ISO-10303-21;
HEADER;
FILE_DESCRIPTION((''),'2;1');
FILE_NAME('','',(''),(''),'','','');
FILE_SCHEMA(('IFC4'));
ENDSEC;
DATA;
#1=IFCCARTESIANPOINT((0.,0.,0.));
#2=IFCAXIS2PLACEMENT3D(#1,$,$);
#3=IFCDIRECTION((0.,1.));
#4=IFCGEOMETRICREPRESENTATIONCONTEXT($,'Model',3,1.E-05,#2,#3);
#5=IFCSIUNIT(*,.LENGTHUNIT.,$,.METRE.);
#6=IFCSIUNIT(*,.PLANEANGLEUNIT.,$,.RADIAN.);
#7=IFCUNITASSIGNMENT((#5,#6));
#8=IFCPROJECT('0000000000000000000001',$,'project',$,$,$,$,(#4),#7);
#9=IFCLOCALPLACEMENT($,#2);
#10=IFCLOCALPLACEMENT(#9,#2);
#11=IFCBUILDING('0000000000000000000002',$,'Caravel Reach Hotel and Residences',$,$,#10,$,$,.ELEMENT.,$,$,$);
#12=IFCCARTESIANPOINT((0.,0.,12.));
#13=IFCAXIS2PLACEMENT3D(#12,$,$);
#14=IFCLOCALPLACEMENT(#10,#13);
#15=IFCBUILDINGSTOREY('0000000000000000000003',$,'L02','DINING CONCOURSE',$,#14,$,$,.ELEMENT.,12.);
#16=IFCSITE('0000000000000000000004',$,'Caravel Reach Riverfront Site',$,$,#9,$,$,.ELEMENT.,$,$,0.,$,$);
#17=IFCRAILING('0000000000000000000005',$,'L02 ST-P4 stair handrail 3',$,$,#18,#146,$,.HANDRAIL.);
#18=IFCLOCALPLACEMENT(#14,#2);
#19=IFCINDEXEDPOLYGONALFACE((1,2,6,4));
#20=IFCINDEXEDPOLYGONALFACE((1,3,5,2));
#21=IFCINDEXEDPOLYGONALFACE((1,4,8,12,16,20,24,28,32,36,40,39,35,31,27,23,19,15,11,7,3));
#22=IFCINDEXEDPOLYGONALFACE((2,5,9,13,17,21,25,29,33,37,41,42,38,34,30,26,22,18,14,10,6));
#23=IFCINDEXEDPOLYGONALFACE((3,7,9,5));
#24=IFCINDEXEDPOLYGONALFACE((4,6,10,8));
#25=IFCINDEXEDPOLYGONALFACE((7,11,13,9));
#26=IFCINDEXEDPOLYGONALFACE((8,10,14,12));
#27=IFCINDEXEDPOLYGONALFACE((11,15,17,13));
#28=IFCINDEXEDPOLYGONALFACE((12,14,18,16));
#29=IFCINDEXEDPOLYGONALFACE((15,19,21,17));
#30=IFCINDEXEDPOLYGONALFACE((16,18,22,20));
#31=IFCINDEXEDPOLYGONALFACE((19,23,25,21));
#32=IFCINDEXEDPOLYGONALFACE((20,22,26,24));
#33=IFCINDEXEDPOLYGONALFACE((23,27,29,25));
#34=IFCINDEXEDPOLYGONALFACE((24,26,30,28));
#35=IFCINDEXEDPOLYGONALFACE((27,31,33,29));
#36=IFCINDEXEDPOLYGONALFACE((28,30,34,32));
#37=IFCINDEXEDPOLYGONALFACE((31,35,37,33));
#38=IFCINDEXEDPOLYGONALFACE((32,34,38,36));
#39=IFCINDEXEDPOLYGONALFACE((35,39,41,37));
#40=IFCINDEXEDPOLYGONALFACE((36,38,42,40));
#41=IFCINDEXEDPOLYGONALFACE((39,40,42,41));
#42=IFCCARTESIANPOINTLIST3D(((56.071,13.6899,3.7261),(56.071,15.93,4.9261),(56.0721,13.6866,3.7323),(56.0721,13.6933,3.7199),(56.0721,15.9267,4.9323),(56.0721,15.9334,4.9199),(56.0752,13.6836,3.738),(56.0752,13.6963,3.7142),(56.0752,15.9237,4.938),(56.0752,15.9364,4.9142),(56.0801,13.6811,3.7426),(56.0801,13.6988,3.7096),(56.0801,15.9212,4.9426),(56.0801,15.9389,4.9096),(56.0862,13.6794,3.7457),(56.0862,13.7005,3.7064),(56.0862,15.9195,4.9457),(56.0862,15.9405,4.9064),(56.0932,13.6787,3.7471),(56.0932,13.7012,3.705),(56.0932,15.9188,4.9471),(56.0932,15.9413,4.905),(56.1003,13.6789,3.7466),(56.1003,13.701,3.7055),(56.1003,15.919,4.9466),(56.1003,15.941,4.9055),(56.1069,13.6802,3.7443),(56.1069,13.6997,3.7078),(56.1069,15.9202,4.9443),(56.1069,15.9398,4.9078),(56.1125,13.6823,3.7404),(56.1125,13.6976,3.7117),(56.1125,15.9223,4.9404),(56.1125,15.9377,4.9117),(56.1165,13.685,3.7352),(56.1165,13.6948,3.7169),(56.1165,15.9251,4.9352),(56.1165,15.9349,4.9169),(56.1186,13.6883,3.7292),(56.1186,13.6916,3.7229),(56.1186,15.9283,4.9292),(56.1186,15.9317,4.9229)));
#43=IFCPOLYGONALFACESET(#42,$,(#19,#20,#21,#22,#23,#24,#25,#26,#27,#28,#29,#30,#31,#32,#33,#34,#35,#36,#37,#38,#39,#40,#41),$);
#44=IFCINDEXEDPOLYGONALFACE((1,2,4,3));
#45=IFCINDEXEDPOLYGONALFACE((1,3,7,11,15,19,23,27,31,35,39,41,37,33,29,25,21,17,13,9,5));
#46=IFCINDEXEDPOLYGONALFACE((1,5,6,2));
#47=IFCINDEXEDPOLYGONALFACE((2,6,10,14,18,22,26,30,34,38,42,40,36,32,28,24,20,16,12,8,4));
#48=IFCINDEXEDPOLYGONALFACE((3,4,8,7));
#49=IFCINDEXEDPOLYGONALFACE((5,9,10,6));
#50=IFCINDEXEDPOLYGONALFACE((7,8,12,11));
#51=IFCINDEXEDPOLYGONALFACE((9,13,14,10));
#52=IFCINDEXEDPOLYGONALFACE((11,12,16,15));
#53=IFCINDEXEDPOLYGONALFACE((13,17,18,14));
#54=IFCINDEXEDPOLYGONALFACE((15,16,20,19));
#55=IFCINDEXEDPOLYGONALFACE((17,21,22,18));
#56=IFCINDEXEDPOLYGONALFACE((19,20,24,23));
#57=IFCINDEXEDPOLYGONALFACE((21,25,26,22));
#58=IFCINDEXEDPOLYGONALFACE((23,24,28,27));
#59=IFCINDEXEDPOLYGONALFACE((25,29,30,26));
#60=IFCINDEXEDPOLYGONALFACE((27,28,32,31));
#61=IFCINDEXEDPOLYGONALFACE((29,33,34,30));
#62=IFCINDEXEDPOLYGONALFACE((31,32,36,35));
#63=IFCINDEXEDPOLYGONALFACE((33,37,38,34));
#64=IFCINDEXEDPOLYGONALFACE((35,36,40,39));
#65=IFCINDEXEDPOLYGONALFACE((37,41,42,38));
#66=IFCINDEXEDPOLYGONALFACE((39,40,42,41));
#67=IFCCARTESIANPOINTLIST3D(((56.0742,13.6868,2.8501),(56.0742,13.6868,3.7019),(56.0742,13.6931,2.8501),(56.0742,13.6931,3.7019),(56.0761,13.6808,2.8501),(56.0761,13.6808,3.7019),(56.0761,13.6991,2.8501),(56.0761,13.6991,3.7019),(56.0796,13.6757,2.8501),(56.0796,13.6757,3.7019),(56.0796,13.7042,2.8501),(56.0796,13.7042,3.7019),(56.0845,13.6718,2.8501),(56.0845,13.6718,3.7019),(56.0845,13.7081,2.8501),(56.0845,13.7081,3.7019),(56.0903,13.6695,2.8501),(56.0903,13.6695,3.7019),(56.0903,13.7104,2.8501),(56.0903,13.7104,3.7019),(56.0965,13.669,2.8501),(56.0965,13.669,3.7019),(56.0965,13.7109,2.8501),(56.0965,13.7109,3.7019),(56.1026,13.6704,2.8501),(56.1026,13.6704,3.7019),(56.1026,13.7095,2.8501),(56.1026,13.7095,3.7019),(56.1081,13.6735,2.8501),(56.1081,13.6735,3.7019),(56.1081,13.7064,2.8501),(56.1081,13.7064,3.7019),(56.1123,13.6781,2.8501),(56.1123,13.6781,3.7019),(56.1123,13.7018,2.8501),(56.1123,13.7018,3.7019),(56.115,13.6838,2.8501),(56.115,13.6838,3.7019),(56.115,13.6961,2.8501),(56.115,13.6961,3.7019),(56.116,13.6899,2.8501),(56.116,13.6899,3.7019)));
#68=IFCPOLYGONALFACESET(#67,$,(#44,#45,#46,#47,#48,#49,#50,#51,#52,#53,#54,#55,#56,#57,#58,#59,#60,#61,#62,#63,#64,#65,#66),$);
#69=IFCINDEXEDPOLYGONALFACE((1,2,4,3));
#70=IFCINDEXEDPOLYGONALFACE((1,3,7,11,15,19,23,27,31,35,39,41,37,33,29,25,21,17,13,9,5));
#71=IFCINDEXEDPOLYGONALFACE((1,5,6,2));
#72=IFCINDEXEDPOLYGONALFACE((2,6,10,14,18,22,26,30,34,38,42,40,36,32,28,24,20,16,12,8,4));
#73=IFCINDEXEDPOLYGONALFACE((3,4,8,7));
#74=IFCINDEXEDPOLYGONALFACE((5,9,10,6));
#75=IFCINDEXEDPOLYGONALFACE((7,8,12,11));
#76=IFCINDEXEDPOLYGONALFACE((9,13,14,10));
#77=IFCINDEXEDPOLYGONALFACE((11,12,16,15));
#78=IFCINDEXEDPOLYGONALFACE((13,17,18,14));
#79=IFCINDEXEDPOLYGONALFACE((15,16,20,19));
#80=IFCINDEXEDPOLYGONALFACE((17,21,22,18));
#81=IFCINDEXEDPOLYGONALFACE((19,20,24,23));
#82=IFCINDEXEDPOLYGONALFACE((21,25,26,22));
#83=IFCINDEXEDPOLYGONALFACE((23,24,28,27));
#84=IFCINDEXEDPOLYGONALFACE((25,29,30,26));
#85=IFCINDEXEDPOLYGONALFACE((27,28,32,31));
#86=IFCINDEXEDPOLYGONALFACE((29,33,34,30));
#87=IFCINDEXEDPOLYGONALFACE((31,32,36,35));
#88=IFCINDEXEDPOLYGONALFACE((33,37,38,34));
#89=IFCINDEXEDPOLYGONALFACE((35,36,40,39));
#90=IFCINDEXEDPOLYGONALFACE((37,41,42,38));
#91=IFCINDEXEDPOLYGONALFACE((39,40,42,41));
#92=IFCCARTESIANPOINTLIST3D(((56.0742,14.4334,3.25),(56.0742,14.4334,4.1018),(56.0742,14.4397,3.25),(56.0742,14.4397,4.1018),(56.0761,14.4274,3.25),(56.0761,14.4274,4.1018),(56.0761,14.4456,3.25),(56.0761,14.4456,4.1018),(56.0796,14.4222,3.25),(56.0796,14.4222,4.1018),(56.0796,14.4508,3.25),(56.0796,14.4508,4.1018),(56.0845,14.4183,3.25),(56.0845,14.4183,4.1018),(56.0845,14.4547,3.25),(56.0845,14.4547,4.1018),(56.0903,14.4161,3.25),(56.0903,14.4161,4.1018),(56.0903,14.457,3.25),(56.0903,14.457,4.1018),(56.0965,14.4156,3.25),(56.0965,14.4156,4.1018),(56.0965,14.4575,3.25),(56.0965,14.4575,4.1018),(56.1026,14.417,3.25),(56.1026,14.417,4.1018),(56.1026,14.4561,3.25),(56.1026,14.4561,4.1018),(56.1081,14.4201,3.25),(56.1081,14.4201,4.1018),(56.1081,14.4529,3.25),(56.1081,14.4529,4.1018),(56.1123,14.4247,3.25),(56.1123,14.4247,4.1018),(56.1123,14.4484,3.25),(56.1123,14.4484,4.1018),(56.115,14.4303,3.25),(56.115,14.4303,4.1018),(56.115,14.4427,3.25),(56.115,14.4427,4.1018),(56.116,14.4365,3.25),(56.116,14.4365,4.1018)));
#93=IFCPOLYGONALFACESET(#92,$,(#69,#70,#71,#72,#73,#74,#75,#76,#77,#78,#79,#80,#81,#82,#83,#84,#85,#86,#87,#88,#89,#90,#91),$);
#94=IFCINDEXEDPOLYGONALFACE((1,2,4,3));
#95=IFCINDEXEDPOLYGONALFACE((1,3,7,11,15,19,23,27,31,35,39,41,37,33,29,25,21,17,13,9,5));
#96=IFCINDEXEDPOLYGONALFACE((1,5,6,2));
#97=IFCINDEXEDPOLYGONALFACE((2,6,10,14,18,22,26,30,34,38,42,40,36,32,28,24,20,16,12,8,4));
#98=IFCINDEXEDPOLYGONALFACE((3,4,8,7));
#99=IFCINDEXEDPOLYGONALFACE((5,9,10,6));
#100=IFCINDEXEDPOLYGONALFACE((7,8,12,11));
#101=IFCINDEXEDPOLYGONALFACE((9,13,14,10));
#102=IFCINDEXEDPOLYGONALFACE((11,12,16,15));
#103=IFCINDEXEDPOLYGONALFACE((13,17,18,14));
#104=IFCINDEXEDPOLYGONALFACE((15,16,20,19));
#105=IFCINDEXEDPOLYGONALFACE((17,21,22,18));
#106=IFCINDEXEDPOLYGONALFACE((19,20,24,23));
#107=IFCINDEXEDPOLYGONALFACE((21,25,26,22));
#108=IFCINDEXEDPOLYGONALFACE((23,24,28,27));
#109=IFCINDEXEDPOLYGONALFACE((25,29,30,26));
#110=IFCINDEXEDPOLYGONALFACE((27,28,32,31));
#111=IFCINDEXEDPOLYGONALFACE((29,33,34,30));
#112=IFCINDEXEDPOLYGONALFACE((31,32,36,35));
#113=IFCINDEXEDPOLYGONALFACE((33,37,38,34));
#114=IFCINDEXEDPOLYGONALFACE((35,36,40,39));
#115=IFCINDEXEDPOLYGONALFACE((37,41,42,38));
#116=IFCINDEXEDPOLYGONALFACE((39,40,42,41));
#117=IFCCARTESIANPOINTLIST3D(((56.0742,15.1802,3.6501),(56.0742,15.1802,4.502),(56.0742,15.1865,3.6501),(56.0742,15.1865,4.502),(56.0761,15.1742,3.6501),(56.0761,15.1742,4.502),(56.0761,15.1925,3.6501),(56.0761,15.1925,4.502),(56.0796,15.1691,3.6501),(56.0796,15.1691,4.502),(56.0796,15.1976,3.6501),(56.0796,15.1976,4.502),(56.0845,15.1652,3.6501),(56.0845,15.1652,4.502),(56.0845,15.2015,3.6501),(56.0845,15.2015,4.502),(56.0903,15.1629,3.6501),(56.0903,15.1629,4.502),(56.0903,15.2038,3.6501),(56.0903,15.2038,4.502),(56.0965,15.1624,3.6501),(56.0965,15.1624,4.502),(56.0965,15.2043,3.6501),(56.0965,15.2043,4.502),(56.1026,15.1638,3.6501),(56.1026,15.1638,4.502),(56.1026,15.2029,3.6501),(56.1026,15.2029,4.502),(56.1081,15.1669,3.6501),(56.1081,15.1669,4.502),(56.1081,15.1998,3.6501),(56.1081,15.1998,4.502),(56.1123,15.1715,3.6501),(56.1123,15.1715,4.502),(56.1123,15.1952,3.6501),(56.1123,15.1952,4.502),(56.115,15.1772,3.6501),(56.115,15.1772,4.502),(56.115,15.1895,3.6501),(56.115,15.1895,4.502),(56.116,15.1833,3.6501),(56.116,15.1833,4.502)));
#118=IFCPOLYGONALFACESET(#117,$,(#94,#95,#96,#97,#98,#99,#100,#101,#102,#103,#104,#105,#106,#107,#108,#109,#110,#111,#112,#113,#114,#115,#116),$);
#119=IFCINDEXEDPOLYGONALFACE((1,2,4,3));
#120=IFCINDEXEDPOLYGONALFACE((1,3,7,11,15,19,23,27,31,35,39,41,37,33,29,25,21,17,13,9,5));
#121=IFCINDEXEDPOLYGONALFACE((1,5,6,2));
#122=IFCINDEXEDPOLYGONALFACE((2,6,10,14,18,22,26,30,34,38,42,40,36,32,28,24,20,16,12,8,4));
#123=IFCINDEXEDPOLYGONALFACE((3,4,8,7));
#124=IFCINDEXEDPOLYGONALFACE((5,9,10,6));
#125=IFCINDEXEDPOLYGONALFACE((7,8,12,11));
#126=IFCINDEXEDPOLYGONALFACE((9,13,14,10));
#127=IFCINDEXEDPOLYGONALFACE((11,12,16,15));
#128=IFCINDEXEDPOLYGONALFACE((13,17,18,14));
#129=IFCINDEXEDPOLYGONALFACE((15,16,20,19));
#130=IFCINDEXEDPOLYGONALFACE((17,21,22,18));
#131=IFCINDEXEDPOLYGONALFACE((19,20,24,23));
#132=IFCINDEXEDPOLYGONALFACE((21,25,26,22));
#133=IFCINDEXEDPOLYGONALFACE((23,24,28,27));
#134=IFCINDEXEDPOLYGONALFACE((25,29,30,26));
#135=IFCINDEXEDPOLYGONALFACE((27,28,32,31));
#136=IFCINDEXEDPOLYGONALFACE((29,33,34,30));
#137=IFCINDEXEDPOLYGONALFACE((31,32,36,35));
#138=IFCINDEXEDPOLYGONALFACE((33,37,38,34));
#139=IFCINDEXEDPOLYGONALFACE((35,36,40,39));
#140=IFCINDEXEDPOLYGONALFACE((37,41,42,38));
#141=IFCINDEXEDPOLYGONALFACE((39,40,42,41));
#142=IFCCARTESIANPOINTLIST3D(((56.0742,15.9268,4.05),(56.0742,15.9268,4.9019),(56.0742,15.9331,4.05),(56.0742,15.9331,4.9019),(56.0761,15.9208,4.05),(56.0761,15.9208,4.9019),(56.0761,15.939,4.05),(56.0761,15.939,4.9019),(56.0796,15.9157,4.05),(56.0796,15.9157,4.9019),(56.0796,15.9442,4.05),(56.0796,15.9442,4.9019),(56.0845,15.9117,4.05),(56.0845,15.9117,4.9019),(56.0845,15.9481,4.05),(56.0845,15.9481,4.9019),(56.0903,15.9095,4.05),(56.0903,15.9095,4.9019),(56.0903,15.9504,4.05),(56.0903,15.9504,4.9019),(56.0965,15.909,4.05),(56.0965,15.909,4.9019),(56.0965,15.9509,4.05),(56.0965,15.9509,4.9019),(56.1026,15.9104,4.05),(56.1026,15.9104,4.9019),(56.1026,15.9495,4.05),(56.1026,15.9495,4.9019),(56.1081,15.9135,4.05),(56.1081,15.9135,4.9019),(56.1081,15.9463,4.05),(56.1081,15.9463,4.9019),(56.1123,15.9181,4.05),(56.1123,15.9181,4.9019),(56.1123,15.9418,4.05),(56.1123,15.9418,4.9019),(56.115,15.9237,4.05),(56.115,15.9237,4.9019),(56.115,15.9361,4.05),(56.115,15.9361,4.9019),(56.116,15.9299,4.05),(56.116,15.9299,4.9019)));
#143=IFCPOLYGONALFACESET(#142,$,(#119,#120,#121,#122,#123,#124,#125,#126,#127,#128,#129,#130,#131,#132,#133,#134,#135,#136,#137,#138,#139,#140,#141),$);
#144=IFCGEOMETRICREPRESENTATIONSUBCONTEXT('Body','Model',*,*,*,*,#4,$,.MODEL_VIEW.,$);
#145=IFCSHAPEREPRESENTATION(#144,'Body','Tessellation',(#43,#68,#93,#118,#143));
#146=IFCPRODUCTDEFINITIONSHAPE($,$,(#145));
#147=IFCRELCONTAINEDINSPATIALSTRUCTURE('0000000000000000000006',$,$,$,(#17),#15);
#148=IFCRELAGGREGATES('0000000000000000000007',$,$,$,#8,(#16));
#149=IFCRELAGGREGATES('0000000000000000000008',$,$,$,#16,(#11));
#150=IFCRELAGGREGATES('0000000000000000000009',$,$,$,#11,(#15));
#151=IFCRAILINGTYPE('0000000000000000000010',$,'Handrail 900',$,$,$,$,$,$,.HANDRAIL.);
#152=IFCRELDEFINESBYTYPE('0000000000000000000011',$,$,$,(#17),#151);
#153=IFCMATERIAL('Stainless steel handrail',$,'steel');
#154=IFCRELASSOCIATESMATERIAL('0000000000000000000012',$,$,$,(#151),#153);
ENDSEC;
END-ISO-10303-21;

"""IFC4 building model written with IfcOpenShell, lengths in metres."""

from ifc_helpers import new_model, si_unit, direction, frame, origin, origin_2d, place, context, subcontext, project, spatial, circle, extrude, material, type_object, element, save


model = new_model("IFC4")

# Units and contexts
model_context = context("Model", 3, precision=1e-05, world=origin(), true_north=direction((0.0, 1.0)))
body_context = subcontext(model_context, "Body", "Model", "MODEL_VIEW")
ifc_project = project(units=[si_unit("LENGTHUNIT", "METRE"), si_unit("PLANEANGLEUNIT", "RADIAN")], contexts=[model_context])

# Site, building, storey
site_placement = place(None, origin())
site = spatial("IfcSite", under=ifc_project, at=site_placement, Name="Caravel Reach Riverfront Site", CompositionType="ELEMENT", RefElevation=0.0)
building_placement = place(site_placement, origin())
building = spatial("IfcBuilding", under=site, at=building_placement, Name="Caravel Reach Hotel and Residences", CompositionType="ELEMENT")
storey_placement = place(building_placement, frame((0.0, 0.0, 12.0)))
storey = spatial("IfcBuildingStorey", under=building, at=storey_placement, Name="L02", Description="DINING CONCOURSE", CompositionType="ELEMENT", Elevation=12.0)

# Railing
ifc_material_1 = material(Name="Stainless steel handrail", Category="steel")
railing_type_1 = type_object("IfcRailingType", Name="Handrail 900", PredefinedType="HANDRAIL", material=ifc_material_1)
railing_1_placement = place(storey_placement, frame((56.095, 13.6899, 2.8501)))
element("IfcRailing", 1, at=railing_1_placement, inside=storey, type_object=railing_type_1, Name="L02 ST-P4 stair handrail 3", PredefinedType="HANDRAIL", context=body_context, shape_type="SweptSolid", body=[
    extrude(circle(Radius=0.0239, at=origin_2d()), frame((0.0, 0.0, 0.876), z_axis=(0.0, 0.881487, 0.472208), x_axis=(-1.0, 0.0, 0.0)), (0.0, 0.0, 1.0), 2.5413),
    extrude(circle(Radius=0.021, at=origin_2d()), origin(), (0.0, 0.0, 1.0), 0.8518),
    extrude(circle(Radius=0.021, at=origin_2d()), frame((0.0, 0.7466, 0.3999)), (0.0, 0.0, 1.0), 0.8518),
    extrude(circle(Radius=0.021, at=origin_2d()), frame((0.0, 1.4934, 0.8)), (0.0, 0.0, 1.0), 0.8518),
    extrude(circle(Radius=0.021, at=origin_2d()), frame((0.0, 2.24, 1.2)), (0.0, 0.0, 1.0), 0.8518),
])

save(model, "model.ifc")
